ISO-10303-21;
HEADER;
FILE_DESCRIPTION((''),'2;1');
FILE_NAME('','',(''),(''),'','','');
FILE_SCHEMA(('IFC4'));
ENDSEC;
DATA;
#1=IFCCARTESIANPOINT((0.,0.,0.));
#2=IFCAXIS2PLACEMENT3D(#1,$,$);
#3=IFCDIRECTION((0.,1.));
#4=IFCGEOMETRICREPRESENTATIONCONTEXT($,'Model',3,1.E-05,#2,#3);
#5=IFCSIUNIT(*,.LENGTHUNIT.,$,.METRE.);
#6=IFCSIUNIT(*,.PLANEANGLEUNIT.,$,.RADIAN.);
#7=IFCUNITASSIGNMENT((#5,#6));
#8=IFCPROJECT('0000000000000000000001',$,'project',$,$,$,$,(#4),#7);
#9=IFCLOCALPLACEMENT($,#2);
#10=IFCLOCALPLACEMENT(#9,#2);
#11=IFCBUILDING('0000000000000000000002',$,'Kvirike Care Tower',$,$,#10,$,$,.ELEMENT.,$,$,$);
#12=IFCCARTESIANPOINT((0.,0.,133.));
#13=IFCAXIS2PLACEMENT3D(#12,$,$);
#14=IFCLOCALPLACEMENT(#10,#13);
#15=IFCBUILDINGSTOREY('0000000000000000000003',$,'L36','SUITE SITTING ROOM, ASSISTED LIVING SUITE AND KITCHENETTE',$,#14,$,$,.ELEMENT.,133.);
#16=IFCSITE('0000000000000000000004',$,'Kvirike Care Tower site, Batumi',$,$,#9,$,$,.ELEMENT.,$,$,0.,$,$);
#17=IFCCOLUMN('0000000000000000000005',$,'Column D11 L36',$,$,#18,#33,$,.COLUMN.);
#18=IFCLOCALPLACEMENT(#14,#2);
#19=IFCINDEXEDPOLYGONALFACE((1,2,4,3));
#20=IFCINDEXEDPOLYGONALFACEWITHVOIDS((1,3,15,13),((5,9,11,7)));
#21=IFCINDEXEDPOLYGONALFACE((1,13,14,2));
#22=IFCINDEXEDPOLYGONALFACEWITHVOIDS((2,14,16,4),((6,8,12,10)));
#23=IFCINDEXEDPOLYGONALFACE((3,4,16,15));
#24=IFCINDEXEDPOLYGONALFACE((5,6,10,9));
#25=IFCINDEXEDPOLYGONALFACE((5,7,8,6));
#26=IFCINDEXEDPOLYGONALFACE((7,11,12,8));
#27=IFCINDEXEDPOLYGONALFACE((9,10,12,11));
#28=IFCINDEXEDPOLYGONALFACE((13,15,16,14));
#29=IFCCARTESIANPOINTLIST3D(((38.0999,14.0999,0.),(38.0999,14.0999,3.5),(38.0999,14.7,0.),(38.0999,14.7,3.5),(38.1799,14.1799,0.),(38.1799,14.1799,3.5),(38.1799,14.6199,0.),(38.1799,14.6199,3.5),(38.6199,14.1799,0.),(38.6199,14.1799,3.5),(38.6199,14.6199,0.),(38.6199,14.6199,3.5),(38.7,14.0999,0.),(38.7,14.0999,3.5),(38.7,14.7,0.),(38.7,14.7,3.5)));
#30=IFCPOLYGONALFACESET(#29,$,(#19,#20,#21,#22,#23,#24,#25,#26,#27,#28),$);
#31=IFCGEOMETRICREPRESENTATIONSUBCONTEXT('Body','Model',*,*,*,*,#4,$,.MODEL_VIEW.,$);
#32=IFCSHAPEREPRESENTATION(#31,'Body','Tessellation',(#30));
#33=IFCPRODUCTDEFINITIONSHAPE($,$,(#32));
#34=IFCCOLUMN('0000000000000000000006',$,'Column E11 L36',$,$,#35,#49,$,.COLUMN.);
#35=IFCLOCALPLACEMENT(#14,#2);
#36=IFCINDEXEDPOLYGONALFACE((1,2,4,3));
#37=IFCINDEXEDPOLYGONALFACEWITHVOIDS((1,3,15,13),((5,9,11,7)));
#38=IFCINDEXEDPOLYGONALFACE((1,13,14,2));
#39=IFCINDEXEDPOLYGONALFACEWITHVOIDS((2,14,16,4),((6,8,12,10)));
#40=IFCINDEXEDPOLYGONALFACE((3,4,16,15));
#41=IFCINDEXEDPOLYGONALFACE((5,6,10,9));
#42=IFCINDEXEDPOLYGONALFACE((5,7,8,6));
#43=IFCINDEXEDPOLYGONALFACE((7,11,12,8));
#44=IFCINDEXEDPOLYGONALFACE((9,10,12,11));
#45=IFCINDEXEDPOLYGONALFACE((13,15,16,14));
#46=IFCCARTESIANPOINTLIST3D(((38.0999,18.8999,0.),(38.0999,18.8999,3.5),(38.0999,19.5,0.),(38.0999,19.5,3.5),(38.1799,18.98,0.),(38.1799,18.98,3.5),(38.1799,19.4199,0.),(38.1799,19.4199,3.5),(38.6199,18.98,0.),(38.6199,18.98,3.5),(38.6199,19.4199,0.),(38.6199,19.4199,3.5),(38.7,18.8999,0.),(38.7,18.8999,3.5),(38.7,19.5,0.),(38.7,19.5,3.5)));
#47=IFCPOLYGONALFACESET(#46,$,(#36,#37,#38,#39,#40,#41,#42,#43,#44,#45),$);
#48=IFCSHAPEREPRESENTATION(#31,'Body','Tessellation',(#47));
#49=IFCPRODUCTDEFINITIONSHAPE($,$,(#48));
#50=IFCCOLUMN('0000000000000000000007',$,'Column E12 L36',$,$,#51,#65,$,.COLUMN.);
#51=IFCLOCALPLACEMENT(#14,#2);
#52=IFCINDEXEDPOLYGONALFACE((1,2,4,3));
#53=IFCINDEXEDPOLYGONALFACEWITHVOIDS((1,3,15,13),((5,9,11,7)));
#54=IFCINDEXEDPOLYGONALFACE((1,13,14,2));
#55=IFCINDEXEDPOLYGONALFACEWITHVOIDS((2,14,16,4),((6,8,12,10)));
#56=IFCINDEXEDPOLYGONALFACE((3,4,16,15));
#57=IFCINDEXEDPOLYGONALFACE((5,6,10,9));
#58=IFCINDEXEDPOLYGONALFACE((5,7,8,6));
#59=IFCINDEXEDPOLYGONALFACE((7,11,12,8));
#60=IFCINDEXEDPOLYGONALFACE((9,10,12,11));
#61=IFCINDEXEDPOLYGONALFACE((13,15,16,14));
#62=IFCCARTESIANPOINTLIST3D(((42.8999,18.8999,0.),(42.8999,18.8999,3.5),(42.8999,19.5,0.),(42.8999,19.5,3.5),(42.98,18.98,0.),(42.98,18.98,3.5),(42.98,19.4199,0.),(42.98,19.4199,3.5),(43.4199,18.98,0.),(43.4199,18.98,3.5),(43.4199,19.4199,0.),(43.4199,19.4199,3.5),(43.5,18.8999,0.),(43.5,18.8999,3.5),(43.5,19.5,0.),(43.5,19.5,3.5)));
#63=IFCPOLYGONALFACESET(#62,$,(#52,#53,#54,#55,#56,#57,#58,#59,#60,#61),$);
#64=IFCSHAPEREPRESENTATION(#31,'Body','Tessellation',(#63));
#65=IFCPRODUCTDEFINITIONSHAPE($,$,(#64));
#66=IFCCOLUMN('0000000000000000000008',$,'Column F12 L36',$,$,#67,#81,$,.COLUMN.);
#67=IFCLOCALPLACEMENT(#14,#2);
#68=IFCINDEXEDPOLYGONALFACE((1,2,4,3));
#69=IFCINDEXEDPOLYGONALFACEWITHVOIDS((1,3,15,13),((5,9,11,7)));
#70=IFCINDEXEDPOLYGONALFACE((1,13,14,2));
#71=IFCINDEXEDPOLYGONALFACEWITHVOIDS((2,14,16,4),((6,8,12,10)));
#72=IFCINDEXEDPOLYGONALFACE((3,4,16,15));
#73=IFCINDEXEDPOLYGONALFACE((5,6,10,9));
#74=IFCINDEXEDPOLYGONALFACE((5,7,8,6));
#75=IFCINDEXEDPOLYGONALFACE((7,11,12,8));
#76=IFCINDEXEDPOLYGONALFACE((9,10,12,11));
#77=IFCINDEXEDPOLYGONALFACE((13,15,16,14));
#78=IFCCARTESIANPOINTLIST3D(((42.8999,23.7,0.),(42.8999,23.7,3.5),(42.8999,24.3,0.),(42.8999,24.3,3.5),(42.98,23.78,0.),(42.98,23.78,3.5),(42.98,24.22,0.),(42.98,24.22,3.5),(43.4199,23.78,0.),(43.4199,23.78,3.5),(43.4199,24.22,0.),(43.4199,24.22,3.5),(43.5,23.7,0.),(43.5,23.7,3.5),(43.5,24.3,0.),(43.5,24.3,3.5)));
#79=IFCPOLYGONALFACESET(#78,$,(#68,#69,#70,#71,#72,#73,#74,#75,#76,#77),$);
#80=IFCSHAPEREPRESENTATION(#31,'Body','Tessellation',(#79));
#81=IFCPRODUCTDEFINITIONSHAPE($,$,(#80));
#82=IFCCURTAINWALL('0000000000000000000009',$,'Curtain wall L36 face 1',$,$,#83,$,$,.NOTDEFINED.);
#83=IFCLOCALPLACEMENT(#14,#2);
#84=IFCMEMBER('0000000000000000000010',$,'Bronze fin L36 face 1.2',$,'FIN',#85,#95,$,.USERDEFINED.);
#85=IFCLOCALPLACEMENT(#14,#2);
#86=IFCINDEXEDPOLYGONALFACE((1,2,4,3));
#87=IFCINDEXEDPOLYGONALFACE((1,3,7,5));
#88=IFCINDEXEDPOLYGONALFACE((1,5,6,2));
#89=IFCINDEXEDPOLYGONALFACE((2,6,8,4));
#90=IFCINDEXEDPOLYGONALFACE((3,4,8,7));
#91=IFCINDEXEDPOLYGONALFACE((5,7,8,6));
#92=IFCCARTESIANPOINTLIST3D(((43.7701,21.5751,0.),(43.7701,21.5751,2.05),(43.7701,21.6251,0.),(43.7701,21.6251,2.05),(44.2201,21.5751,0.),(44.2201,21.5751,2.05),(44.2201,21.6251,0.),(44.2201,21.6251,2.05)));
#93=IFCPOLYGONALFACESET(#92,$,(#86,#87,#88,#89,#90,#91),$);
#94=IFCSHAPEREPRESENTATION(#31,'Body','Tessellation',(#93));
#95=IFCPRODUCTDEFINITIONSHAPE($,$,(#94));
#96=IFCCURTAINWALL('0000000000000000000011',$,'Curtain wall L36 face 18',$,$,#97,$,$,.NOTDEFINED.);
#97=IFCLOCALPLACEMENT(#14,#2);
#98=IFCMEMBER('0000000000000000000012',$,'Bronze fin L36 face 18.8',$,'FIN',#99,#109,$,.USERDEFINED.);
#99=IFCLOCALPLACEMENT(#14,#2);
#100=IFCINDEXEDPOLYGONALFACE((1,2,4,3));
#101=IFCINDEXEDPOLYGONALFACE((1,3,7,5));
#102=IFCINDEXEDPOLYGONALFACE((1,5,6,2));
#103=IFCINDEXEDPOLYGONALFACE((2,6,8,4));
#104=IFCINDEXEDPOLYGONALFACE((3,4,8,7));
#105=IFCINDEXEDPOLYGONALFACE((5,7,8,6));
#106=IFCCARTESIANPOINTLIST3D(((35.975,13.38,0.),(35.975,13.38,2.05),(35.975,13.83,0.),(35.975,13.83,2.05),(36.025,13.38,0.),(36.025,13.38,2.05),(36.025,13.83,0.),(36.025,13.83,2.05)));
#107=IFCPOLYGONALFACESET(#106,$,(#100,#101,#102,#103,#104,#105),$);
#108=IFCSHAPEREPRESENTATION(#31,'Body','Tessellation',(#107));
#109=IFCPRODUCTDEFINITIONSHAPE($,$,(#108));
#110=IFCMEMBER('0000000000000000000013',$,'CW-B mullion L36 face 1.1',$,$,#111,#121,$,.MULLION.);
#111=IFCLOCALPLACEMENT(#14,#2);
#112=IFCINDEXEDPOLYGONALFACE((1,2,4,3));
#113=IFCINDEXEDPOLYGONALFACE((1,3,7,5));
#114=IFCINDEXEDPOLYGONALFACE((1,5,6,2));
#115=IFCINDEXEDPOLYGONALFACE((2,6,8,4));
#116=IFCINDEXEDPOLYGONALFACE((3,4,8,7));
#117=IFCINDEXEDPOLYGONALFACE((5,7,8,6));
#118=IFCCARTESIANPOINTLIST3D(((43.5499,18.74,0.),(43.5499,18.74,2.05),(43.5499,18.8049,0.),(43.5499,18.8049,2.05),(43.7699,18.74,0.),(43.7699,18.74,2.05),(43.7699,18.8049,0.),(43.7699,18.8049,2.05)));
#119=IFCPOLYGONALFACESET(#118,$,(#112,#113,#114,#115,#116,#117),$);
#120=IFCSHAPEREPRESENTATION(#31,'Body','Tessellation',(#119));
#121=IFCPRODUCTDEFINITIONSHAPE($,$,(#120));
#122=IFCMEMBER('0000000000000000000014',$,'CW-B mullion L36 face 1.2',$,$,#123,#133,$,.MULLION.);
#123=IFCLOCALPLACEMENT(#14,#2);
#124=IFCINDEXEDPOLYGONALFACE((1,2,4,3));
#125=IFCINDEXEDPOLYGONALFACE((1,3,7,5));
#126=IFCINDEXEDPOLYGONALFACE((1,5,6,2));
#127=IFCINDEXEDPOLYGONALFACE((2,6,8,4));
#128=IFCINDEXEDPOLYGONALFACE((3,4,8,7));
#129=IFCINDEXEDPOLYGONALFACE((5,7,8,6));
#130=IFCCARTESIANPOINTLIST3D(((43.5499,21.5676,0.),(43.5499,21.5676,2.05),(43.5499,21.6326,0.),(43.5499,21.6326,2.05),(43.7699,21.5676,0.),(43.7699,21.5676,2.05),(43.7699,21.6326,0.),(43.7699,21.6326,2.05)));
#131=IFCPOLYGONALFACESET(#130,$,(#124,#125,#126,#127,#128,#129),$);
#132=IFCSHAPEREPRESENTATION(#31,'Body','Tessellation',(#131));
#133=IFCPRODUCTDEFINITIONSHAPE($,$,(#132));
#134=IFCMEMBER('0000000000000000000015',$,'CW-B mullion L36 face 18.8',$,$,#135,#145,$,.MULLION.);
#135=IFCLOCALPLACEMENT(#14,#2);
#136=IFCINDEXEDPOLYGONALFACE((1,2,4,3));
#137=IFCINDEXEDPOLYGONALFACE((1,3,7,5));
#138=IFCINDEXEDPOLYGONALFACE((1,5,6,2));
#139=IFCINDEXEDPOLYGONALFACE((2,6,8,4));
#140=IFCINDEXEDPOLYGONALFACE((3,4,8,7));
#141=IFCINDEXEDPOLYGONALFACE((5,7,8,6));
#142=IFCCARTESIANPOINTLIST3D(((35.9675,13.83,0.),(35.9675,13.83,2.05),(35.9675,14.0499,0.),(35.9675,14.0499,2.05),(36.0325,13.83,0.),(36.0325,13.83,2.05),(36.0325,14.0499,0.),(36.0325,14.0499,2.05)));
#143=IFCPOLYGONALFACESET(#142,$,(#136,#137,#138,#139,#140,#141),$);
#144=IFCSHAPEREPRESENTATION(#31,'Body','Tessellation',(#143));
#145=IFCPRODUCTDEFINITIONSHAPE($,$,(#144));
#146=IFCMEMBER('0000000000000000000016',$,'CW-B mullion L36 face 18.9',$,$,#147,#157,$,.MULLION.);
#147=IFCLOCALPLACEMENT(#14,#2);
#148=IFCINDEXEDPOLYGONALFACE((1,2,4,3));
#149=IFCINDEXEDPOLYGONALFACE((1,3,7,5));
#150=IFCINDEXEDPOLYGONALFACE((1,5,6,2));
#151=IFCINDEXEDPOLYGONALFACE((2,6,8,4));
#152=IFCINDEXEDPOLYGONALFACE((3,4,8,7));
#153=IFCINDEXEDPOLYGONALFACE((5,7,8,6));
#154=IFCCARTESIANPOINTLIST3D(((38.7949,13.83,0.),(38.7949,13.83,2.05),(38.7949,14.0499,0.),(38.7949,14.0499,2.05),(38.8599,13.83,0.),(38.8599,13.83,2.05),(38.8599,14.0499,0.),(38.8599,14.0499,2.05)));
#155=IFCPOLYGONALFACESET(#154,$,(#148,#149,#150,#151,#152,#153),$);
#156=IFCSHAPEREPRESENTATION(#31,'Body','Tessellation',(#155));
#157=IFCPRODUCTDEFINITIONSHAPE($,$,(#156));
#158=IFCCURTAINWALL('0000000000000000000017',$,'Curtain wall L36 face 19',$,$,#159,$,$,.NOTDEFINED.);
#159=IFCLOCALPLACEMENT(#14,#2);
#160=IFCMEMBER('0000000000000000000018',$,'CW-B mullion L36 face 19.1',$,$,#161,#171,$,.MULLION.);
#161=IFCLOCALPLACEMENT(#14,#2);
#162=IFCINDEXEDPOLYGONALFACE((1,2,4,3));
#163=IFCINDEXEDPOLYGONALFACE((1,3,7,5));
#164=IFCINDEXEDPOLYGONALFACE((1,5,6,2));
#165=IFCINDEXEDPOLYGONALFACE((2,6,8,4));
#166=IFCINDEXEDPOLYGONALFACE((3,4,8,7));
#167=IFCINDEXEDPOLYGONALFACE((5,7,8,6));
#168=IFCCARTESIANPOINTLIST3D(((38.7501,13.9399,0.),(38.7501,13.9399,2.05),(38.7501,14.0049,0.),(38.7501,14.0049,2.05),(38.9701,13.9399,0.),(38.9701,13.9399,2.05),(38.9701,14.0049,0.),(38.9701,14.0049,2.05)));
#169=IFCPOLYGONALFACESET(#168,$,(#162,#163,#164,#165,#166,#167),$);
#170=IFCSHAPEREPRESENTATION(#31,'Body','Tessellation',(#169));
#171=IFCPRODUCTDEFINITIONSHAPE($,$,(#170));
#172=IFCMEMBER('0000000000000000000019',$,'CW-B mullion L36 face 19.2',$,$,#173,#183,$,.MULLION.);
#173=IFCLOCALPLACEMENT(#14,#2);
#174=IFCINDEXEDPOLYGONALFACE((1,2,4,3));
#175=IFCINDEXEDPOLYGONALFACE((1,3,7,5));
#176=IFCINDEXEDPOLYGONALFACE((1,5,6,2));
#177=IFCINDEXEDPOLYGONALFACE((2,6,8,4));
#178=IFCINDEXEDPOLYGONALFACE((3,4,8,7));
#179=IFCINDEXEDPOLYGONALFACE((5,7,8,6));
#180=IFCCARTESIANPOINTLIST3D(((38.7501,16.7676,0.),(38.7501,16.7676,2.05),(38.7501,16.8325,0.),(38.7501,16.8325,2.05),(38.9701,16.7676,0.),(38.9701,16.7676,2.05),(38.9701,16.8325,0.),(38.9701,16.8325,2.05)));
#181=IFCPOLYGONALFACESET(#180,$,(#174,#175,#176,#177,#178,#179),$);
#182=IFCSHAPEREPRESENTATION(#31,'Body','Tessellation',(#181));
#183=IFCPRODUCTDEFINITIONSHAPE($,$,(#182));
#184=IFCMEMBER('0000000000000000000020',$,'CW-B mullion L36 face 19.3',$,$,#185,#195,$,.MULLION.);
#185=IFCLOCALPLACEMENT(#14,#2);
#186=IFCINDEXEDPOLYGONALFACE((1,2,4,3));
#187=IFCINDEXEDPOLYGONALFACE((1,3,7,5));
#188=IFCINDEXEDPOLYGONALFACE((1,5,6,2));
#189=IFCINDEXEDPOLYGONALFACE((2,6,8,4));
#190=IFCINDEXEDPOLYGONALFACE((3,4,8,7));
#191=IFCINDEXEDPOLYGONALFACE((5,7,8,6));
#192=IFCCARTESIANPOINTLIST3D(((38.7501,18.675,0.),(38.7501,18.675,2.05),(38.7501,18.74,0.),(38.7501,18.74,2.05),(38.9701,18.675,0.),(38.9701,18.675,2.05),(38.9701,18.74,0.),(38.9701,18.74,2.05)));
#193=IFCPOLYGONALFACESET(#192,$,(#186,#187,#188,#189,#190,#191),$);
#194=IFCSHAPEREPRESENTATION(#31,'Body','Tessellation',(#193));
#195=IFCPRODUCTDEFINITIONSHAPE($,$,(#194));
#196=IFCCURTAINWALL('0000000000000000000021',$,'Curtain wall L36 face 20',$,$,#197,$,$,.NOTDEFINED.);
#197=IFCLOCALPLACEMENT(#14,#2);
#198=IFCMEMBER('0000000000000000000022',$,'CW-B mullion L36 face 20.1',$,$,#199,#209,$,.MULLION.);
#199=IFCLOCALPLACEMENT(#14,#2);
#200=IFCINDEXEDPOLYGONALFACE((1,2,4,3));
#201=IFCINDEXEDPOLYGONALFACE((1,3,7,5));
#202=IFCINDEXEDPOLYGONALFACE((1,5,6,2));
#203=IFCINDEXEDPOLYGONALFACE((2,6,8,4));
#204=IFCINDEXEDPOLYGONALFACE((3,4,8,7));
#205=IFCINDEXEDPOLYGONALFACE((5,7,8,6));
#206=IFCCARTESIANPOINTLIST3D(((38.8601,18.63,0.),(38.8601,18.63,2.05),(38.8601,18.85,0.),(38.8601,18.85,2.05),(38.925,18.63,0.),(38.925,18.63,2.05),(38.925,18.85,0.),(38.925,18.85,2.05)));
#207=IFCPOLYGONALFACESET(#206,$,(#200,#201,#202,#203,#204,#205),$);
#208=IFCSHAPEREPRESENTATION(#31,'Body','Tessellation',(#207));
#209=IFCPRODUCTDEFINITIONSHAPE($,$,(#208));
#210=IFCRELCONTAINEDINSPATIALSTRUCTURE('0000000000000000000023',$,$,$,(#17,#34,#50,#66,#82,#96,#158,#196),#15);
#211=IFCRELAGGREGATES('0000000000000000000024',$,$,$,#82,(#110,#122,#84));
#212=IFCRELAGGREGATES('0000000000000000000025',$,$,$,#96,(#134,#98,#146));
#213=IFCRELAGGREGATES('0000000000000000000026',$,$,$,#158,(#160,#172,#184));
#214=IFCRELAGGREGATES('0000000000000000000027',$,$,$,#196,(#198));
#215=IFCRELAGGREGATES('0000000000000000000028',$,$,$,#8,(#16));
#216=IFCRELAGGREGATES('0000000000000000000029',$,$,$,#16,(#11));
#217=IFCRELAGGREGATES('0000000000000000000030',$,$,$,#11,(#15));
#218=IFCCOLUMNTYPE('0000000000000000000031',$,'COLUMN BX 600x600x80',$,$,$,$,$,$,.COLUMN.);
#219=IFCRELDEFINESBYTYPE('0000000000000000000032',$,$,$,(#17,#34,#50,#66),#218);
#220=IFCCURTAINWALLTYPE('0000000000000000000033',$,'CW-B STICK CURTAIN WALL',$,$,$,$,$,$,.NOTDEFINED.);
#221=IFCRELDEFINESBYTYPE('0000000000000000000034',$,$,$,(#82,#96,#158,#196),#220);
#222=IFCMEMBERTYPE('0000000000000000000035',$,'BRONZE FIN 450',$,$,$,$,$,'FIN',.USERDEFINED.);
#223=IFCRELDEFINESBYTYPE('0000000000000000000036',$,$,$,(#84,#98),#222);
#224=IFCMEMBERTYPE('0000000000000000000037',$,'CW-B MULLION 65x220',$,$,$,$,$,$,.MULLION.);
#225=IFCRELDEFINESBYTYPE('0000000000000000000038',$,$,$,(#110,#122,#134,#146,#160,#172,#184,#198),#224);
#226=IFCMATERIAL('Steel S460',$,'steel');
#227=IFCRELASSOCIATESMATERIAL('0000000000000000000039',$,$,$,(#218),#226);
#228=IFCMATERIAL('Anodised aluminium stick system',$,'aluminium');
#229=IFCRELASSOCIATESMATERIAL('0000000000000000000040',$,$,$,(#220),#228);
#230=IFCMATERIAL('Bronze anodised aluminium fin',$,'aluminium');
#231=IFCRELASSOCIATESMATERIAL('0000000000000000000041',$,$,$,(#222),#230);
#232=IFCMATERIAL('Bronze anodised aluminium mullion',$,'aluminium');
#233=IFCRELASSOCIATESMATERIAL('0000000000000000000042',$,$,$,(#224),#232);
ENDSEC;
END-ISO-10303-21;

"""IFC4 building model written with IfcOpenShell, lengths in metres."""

from ifc_helpers import new_model, si_unit, direction, frame, origin, origin_2d, place, context, subcontext, project, spatial, rectangle, hollow_rectangle, extrude, material, material_profile, profile_set, type_object, element, aggregate, save


model = new_model("IFC4")

# Units and contexts
model_context = context("Model", 3, precision=1e-05, world=origin(), true_north=direction((0.0, 1.0)))
body_context = subcontext(model_context, "Body", "Model", "MODEL_VIEW")
ifc_project = project(units=[si_unit("LENGTHUNIT", "METRE"), si_unit("PLANEANGLEUNIT", "RADIAN")], contexts=[model_context])

# Site, building, storey
site_placement = place(None, origin())
site = spatial("IfcSite", under=ifc_project, at=site_placement, Name="Kvirike Care Tower site, Batumi", CompositionType="ELEMENT", RefElevation=0.0)
building_placement = place(site_placement, origin())
building = spatial("IfcBuilding", under=site, at=building_placement, Name="Kvirike Care Tower", CompositionType="ELEMENT")
storey_placement = place(building_placement, frame((0.0, 0.0, 133.0)))
storey = spatial("IfcBuildingStorey", under=building, at=storey_placement, Name="L36", Description="SUITE SITTING ROOM, ASSISTED LIVING SUITE AND KITCHENETTE", CompositionType="ELEMENT", Elevation=133.0)

# Columns
ifc_material_1 = material(Name="Steel S460", Category="steel")
ifc_material_profile_1 = material_profile(ifc_material_1, hollow_rectangle(XDim=0.6001, YDim=0.6001, WallThickness=0.0801, at=origin_2d()), Name="BX 600x600x80")
ifc_profile_set_1 = profile_set([ifc_material_profile_1], Name="Steel S460")
column_type = type_object("IfcColumnType", Name="COLUMN BX 600x600x80", PredefinedType="COLUMN", material=ifc_profile_set_1)
for number, where, z_axis, x_axis, name in (
    (1, (38.3999, 14.3999, 0.0), (0.0, 0.0, 1.0), (0.0, 1.0, 0.0), "Column D11 L36"),
    (2, (38.3999, 19.2, 0.0), (0.0, 0.0, 1.0), (0.0, 1.0, 0.0), "Column E11 L36"),
    (3, (43.2, 19.2, 0.0), (0.0, 0.0, 1.0), (0.0, 1.0, 0.0), "Column E12 L36"),
    (4, (43.2, 24.0, 0.0), (0.0, 0.0, 1.0), (1.0, 0.0, 0.0), "Column F12 L36"),
):
    element("IfcColumn", number, at=place(storey_placement, frame(where, z_axis=z_axis, x_axis=x_axis)), inside=storey, type_object=column_type, Name=name, PredefinedType="COLUMN", context=body_context, shape_type="SweptSolid", body=[
        extrude(hollow_rectangle(XDim=0.6001, YDim=0.6001, WallThickness=0.0801, at=origin_2d()), origin(), (0.0, 0.0, 1.0), 3.5),
    ])

# Curtain walls, members
ifc_material_2 = material(Name="Anodised aluminium stick system", Category="aluminium")
curtain_wall_type = type_object("IfcCurtainWallType", Name="CW-B STICK CURTAIN WALL", PredefinedType="NOTDEFINED", material=ifc_material_2)
curtain_wall_1_placement = place(storey_placement, origin())
curtain_wall_1 = element("IfcCurtainWall", 5, at=curtain_wall_1_placement, inside=storey, type_object=curtain_wall_type, Name="Curtain wall L36 face 1", PredefinedType="NOTDEFINED")
ifc_material_3 = material(Name="Bronze anodised aluminium fin", Category="aluminium")
ifc_material_profile_2 = material_profile(ifc_material_3, rectangle(XDim=0.05, YDim=0.45, at=origin_2d()), Name="BRONZE FIN 450")
ifc_profile_set_2 = profile_set([ifc_material_profile_2], Name="Bronze anodised aluminium fin")
member_type_1 = type_object("IfcMemberType", Name="BRONZE FIN 450", ElementType="FIN", PredefinedType="USERDEFINED", material=ifc_profile_set_2)
member_1_placement = place(storey_placement, frame((43.9951, 21.6001, 0.0), z_axis=(0.0, 0.0, 1.0), x_axis=(0.0, 1.0, 0.0)))
member_1 = element("IfcMember", 6, at=member_1_placement, type_object=member_type_1, Name="Bronze fin L36 face 1.2", ObjectType="FIN", PredefinedType="USERDEFINED", context=body_context, shape_type="SweptSolid", body=[
    extrude(rectangle(XDim=0.05, YDim=0.45, at=origin_2d()), origin(), (0.0, 0.0, 1.0), 2.05),
])
curtain_wall_2_placement = place(storey_placement, origin())
curtain_wall_2 = element("IfcCurtainWall", 7, at=curtain_wall_2_placement, inside=storey, type_object=curtain_wall_type, Name="Curtain wall L36 face 18", PredefinedType="NOTDEFINED")
member_2_placement = place(storey_placement, frame((36.0, 13.605, 0.0), z_axis=(0.0, 0.0, 1.0), x_axis=(1.0, 0.0, 0.0)))
member_2 = element("IfcMember", 8, at=member_2_placement, type_object=member_type_1, Name="Bronze fin L36 face 18.8", ObjectType="FIN", PredefinedType="USERDEFINED", context=body_context, shape_type="SweptSolid", body=[
    extrude(rectangle(XDim=0.05, YDim=0.45, at=origin_2d()), origin(), (0.0, 0.0, 1.0), 2.05),
])

# Members
ifc_material_4 = material(Name="Bronze anodised aluminium mullion", Category="aluminium")
ifc_material_profile_3 = material_profile(ifc_material_4, rectangle(XDim=0.0649, YDim=0.22, at=origin_2d()), Name="CW-B MULLION 65x220")
ifc_profile_set_3 = profile_set([ifc_material_profile_3], Name="Bronze anodised aluminium mullion")
member_type_2 = type_object("IfcMemberType", Name="CW-B MULLION 65x220", PredefinedType="MULLION", material=ifc_profile_set_3)
member_3_placement = place(storey_placement, frame((43.6599, 18.7725, 0.0), z_axis=(0.0, 0.0, 1.0), x_axis=(0.0, 1.0, 0.0)))
member_3 = element("IfcMember", 9, at=member_3_placement, type_object=member_type_2, Name="CW-B mullion L36 face 1.1", PredefinedType="MULLION", context=body_context, shape_type="SweptSolid", body=[
    extrude(rectangle(XDim=0.0649, YDim=0.22, at=origin_2d()), origin(), (0.0, 0.0, 1.0), 2.05),
])
member_4_placement = place(storey_placement, frame((43.6599, 21.6001, 0.0), z_axis=(0.0, 0.0, 1.0), x_axis=(0.0, 1.0, 0.0)))
member_4 = element("IfcMember", 10, at=member_4_placement, type_object=member_type_2, Name="CW-B mullion L36 face 1.2", PredefinedType="MULLION", context=body_context, shape_type="SweptSolid", body=[
    extrude(rectangle(XDim=0.0649, YDim=0.22, at=origin_2d()), origin(), (0.0, 0.0, 1.0), 2.05),
])
member_5_placement = place(storey_placement, frame((36.0, 13.9399, 0.0), z_axis=(0.0, 0.0, 1.0), x_axis=(1.0, 0.0, 0.0)))
member_5 = element("IfcMember", 11, at=member_5_placement, type_object=member_type_2, Name="CW-B mullion L36 face 18.8", PredefinedType="MULLION", context=body_context, shape_type="SweptSolid", body=[
    extrude(rectangle(XDim=0.0649, YDim=0.22, at=origin_2d()), origin(), (0.0, 0.0, 1.0), 2.05),
])
member_6_placement = place(storey_placement, frame((38.8274, 13.9399, 0.0), z_axis=(0.0, 0.0, 1.0), x_axis=(1.0, 0.0, 0.0)))
member_6 = element("IfcMember", 12, at=member_6_placement, type_object=member_type_2, Name="CW-B mullion L36 face 18.9", PredefinedType="MULLION", context=body_context, shape_type="SweptSolid", body=[
    extrude(rectangle(XDim=0.0649, YDim=0.22, at=origin_2d()), origin(), (0.0, 0.0, 1.0), 2.05),
])

# Curtain walls, members
curtain_wall_3_placement = place(storey_placement, origin())
curtain_wall_3 = element("IfcCurtainWall", 13, at=curtain_wall_3_placement, inside=storey, type_object=curtain_wall_type, Name="Curtain wall L36 face 19", PredefinedType="NOTDEFINED")
member_7_placement = place(storey_placement, frame((38.8601, 13.9724, 0.0), z_axis=(0.0, 0.0, 1.0), x_axis=(0.0, 1.0, 0.0)))
member_7 = element("IfcMember", 14, at=member_7_placement, type_object=member_type_2, Name="CW-B mullion L36 face 19.1", PredefinedType="MULLION", context=body_context, shape_type="SweptSolid", body=[
    extrude(rectangle(XDim=0.0649, YDim=0.22, at=origin_2d()), origin(), (0.0, 0.0, 1.0), 2.05),
])
member_8_placement = place(storey_placement, frame((38.8601, 16.8, 0.0), z_axis=(0.0, 0.0, 1.0), x_axis=(0.0, 1.0, 0.0)))
member_8 = element("IfcMember", 15, at=member_8_placement, type_object=member_type_2, Name="CW-B mullion L36 face 19.2", PredefinedType="MULLION", context=body_context, shape_type="SweptSolid", body=[
    extrude(rectangle(XDim=0.0649, YDim=0.22, at=origin_2d()), origin(), (0.0, 0.0, 1.0), 2.05),
])
member_9_placement = place(storey_placement, frame((38.8601, 18.7075, 0.0), z_axis=(0.0, 0.0, 1.0), x_axis=(0.0, 1.0, 0.0)))
member_9 = element("IfcMember", 16, at=member_9_placement, type_object=member_type_2, Name="CW-B mullion L36 face 19.3", PredefinedType="MULLION", context=body_context, shape_type="SweptSolid", body=[
    extrude(rectangle(XDim=0.0649, YDim=0.22, at=origin_2d()), origin(), (0.0, 0.0, 1.0), 2.05),
])
curtain_wall_4_placement = place(storey_placement, origin())
curtain_wall_4 = element("IfcCurtainWall", 17, at=curtain_wall_4_placement, inside=storey, type_object=curtain_wall_type, Name="Curtain wall L36 face 20", PredefinedType="NOTDEFINED")
member_10_placement = place(storey_placement, frame((38.8926, 18.74, 0.0), z_axis=(0.0, 0.0, 1.0), x_axis=(1.0, 0.0, 0.0)))
member_10 = element("IfcMember", 18, at=member_10_placement, type_object=member_type_2, Name="CW-B mullion L36 face 20.1", PredefinedType="MULLION", context=body_context, shape_type="SweptSolid", body=[
    extrude(rectangle(XDim=0.0649, YDim=0.22, at=origin_2d()), origin(), (0.0, 0.0, 1.0), 2.05),
])

aggregate(curtain_wall_1, [member_3, member_4, member_1])
aggregate(curtain_wall_2, [member_5, member_2, member_6])
aggregate(curtain_wall_3, [member_7, member_8, member_9])
aggregate(curtain_wall_4, [member_10])

save(model, "model.ifc")
